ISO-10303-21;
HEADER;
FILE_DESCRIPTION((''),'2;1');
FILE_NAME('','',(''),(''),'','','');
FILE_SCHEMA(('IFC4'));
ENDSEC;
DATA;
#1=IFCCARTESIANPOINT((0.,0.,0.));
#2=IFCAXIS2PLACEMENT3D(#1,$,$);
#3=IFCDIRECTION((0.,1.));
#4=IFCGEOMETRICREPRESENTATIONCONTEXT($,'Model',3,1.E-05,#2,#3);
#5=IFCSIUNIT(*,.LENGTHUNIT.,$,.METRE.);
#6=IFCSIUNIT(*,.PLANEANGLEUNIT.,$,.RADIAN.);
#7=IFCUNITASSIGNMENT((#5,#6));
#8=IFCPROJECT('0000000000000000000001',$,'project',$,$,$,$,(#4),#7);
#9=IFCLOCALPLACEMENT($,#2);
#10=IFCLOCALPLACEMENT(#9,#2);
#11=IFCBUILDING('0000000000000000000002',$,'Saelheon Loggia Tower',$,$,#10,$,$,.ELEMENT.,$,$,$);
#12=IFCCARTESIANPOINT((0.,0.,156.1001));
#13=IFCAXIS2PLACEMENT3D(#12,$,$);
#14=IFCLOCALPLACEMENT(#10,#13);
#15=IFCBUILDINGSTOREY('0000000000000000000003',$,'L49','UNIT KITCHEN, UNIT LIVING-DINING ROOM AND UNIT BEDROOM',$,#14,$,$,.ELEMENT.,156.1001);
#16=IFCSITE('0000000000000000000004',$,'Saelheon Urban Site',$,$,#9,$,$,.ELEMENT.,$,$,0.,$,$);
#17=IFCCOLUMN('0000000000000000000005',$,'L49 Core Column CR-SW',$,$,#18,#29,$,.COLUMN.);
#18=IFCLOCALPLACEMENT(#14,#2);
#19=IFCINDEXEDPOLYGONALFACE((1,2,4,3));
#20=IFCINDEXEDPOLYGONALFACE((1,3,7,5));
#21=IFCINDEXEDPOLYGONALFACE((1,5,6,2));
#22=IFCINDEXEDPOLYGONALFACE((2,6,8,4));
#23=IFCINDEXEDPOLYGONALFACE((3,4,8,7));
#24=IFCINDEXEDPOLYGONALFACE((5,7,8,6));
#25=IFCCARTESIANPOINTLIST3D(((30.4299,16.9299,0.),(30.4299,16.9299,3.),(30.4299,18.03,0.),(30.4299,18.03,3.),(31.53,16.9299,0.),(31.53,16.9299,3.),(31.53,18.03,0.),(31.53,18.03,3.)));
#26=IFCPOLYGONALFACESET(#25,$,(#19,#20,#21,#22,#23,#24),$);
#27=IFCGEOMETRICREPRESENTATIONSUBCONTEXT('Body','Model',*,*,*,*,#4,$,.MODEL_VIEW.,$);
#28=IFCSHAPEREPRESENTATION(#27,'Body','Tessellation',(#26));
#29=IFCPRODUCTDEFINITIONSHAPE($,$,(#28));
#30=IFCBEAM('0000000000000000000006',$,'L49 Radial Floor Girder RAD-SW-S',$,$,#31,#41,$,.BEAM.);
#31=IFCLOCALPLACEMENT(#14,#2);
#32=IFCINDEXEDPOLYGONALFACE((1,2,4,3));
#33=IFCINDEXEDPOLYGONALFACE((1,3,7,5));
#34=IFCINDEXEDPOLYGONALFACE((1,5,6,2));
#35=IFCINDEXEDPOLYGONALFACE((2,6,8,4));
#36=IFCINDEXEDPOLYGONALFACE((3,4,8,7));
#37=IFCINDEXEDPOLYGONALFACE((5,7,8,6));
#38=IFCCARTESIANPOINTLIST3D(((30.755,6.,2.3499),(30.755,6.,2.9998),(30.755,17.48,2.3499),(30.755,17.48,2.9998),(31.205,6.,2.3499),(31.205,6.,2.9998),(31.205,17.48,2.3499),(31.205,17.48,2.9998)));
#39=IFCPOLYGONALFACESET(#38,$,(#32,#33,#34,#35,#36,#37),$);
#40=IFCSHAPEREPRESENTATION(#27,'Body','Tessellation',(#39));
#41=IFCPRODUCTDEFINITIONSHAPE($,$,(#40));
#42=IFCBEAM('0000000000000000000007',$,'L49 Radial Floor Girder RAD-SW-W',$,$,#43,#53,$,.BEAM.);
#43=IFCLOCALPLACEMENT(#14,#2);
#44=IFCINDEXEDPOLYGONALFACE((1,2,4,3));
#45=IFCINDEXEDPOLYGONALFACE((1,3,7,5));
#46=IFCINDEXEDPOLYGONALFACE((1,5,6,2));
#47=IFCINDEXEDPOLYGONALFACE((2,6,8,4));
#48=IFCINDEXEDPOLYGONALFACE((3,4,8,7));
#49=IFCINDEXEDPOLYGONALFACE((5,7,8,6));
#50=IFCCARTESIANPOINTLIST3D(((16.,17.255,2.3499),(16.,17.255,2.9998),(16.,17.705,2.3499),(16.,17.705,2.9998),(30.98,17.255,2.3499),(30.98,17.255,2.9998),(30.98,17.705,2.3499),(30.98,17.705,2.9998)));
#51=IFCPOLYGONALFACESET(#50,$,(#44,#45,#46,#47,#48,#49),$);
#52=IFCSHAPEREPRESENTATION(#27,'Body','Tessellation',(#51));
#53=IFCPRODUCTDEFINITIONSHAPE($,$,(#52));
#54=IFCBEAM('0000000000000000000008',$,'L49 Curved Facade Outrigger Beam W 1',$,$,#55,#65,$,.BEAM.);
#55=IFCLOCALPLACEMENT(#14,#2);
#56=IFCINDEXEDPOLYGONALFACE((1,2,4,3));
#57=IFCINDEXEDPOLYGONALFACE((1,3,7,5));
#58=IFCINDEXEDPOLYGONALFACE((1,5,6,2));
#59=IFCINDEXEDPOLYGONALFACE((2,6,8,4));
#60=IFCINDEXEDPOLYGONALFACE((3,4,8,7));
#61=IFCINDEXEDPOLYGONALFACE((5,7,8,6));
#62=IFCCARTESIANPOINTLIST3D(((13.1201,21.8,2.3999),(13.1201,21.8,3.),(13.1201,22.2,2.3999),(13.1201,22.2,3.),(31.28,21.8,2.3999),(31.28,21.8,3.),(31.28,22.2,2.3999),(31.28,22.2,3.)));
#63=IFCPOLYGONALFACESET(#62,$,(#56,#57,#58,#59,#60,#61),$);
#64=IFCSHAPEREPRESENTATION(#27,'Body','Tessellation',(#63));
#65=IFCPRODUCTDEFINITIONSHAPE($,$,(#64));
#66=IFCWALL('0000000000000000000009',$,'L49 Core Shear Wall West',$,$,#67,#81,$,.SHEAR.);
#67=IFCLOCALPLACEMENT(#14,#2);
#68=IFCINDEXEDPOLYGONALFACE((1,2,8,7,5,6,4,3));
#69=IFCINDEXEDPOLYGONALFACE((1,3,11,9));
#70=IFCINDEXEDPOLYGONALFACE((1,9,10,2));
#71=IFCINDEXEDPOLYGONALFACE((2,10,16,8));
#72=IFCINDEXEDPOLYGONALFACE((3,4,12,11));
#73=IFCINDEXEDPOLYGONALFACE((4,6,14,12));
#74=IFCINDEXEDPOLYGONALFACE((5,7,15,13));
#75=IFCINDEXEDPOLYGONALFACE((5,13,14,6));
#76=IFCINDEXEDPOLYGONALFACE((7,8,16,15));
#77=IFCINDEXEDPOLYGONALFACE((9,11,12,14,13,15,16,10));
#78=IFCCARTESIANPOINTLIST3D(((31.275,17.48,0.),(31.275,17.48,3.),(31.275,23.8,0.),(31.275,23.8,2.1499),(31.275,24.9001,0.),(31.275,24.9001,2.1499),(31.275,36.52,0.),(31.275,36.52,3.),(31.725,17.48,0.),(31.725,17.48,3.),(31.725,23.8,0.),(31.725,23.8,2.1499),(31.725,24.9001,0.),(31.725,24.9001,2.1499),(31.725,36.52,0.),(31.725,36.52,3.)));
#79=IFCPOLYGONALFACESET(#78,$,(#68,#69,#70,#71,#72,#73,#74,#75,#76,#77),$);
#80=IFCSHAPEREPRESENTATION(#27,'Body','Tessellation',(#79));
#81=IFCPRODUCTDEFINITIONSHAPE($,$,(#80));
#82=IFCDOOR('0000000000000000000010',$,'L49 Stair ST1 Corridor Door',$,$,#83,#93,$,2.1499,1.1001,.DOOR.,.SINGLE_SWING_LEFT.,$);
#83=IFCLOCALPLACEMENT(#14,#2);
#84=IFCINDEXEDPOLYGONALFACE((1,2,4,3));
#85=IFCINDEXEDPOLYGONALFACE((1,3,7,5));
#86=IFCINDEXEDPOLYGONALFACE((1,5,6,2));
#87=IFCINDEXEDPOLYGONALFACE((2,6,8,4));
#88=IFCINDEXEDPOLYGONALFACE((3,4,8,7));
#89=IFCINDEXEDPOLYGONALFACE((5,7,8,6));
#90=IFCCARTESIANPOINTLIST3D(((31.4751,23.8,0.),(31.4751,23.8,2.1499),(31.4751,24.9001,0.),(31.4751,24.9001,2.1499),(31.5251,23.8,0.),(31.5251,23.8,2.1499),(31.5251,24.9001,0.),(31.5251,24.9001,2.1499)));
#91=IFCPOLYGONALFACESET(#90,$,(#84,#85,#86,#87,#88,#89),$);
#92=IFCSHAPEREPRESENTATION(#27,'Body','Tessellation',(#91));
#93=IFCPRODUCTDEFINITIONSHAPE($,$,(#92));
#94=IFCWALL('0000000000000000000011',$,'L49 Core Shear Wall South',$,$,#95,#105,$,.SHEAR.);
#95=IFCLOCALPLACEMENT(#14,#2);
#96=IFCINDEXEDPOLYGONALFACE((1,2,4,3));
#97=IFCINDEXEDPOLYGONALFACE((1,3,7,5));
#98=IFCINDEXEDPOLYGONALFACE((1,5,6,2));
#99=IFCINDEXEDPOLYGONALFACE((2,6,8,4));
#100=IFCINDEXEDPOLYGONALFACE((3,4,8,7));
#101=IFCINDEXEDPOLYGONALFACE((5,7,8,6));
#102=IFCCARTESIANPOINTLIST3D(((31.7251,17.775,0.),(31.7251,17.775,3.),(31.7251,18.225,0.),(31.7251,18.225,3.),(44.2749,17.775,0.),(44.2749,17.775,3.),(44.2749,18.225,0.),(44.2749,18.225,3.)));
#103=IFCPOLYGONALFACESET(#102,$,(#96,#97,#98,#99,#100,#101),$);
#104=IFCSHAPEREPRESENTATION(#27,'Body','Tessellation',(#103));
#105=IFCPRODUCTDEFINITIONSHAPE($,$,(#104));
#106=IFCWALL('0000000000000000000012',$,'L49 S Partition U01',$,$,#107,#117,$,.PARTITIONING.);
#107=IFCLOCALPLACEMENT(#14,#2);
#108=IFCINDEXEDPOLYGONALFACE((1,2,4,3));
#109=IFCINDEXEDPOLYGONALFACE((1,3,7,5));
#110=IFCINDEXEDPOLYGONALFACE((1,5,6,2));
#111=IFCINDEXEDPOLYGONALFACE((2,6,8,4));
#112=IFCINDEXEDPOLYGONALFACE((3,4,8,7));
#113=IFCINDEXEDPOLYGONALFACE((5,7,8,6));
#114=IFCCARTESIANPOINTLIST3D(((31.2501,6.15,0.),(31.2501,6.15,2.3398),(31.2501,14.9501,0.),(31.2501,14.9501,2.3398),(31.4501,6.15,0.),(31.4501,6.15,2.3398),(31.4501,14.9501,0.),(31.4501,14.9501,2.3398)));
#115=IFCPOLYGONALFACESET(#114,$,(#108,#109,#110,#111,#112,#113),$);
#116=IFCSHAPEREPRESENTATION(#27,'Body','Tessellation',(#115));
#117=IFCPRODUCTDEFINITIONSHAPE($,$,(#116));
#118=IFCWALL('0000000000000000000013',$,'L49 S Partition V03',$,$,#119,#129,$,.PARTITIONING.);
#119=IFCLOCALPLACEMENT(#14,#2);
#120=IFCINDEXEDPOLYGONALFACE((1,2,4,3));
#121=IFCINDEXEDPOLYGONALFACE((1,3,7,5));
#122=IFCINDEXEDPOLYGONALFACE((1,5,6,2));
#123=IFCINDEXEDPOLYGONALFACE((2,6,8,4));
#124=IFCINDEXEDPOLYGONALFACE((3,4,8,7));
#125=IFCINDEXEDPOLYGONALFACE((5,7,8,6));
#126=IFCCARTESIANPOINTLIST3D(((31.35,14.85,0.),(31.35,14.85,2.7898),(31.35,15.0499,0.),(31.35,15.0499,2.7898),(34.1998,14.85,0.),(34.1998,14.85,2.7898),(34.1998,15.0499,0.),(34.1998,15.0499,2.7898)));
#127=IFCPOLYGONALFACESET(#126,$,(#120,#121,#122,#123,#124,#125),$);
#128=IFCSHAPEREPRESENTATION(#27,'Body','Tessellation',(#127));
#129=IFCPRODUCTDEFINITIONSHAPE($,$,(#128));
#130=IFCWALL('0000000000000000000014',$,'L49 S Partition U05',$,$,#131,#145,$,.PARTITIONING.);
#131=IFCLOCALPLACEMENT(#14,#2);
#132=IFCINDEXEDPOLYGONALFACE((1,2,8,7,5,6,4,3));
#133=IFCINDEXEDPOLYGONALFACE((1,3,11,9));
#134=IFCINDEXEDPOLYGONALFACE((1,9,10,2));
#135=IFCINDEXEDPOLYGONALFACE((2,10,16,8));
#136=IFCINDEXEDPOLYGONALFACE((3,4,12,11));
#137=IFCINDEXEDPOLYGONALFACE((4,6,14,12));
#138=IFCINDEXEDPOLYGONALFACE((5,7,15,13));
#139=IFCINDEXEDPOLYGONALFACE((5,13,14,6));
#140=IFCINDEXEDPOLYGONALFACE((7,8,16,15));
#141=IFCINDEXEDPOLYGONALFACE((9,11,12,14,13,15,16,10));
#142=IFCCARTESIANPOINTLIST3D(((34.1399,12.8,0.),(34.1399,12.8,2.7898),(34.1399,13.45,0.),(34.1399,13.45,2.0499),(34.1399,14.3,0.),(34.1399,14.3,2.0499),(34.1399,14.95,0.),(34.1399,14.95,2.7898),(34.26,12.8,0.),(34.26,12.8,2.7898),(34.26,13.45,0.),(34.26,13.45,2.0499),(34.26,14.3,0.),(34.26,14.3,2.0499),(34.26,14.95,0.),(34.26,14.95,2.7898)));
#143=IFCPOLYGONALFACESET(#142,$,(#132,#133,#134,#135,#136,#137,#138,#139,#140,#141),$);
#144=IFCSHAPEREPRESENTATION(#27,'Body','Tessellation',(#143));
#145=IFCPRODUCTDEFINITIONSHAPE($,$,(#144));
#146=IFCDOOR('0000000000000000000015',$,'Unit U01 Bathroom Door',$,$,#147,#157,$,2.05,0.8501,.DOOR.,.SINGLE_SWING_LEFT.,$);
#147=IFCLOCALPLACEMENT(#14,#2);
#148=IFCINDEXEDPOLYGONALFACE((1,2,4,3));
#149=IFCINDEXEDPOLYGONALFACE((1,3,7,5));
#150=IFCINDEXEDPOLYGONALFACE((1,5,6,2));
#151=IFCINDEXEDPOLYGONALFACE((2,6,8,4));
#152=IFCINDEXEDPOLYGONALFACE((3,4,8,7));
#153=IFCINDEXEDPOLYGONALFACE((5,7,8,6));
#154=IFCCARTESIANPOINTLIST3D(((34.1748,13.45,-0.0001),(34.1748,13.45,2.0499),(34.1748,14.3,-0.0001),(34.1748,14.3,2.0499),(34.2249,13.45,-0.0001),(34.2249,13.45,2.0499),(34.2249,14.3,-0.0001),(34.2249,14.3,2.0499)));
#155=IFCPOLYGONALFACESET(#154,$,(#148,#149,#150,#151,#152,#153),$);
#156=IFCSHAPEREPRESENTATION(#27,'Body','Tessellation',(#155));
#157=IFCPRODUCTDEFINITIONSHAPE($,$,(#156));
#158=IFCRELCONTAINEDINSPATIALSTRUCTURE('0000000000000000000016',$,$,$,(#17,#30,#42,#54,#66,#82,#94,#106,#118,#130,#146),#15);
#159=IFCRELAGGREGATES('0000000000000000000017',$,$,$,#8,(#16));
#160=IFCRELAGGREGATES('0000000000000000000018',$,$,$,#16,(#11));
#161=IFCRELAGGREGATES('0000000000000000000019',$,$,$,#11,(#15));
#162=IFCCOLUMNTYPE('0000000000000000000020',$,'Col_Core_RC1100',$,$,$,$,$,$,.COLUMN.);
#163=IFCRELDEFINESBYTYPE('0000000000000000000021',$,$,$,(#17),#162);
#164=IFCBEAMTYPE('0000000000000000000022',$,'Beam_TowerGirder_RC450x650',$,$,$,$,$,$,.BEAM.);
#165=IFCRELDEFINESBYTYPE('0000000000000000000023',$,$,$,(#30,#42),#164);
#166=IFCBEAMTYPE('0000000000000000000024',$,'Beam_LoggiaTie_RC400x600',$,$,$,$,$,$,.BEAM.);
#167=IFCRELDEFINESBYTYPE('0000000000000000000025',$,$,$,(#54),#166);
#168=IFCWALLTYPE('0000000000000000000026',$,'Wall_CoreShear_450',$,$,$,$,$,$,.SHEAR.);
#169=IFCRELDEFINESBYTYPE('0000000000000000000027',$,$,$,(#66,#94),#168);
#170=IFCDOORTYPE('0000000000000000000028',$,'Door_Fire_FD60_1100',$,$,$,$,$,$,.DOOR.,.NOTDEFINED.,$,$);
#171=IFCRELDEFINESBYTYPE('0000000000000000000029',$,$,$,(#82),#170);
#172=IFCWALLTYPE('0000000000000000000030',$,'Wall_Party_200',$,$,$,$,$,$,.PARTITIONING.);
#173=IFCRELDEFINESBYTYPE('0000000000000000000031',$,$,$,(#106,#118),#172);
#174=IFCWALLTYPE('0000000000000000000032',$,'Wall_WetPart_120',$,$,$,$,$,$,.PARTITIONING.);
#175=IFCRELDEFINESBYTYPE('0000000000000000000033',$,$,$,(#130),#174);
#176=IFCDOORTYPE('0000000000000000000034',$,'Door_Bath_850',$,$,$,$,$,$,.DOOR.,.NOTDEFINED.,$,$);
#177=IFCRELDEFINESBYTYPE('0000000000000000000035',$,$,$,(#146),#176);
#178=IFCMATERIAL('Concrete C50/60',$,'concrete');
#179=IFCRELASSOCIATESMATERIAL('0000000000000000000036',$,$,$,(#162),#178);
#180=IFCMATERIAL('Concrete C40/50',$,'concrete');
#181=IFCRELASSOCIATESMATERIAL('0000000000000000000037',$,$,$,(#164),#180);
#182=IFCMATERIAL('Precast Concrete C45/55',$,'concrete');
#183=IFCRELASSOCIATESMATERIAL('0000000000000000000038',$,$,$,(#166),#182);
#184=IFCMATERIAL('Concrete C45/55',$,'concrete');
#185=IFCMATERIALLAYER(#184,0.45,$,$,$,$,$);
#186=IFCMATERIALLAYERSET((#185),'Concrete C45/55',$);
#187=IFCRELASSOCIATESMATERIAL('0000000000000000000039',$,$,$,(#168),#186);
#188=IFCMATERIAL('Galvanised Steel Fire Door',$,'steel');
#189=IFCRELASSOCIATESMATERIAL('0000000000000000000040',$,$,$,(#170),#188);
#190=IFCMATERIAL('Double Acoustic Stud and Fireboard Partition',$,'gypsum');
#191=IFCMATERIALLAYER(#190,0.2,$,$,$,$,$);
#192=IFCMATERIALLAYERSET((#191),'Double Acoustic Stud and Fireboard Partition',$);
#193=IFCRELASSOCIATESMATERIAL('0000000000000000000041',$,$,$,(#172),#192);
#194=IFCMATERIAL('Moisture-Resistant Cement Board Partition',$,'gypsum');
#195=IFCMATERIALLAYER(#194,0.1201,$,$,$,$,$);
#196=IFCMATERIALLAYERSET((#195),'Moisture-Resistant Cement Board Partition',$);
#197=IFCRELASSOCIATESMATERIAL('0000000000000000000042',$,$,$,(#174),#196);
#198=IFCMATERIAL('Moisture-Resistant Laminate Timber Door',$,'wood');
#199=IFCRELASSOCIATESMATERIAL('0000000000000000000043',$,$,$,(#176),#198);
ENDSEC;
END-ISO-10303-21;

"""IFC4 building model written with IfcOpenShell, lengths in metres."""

from ifc_helpers import new_model, si_unit, direction, frame, frame_2d, origin, origin_2d, place, context, subcontext, project, spatial, rectangle, extrude, source, transform, mapped, material, layer, layer_set, material_profile, profile_set, type_object, element, fill, save


model = new_model("IFC4")

# Units and contexts
model_context = context("Model", 3, precision=1e-05, world=origin(), true_north=direction((0.0, 1.0)))
body_context = subcontext(model_context, "Body", "Model", "MODEL_VIEW")
ifc_project = project(units=[si_unit("LENGTHUNIT", "METRE"), si_unit("PLANEANGLEUNIT", "RADIAN")], contexts=[model_context])

# Site, building, storey
site_placement = place(None, origin())
site = spatial("IfcSite", under=ifc_project, at=site_placement, Name="Saelheon Urban Site", CompositionType="ELEMENT", RefElevation=0.0)
building_placement = place(site_placement, origin())
building = spatial("IfcBuilding", under=site, at=building_placement, Name="Saelheon Loggia Tower", CompositionType="ELEMENT")
storey_placement = place(building_placement, frame((0.0, 0.0, 156.1001)))
storey = spatial("IfcBuildingStorey", under=building, at=storey_placement, Name="L49", Description="UNIT KITCHEN, UNIT LIVING-DINING ROOM AND UNIT BEDROOM", CompositionType="ELEMENT", Elevation=156.1001)

# Column
ifc_material_1 = material(Name="Concrete C50/60", Category="concrete")
ifc_material_profile_1 = material_profile(ifc_material_1, rectangle(XDim=1.1001, YDim=1.1001, at=origin_2d()), Name="RC-1100x1100")
ifc_profile_set_1 = profile_set([ifc_material_profile_1], Name="Concrete C50/60")
column_type = type_object("IfcColumnType", Name="Col_Core_RC1100", PredefinedType="COLUMN", material=ifc_profile_set_1)
shared_shape_1 = source(origin(), body_context, "Body", "SweptSolid", [
    extrude(rectangle(XDim=1.1001, YDim=1.1001, at=origin_2d()), origin(), (0.0, 0.0, 1.0), 3.0),
])
column_placement = place(storey_placement, frame((30.98, 17.48, 0.0), z_axis=(0.0, 0.0, 1.0), x_axis=(1.0, 0.0, 0.0)))
element("IfcColumn", 1, at=column_placement, inside=storey, type_object=column_type, Name="L49 Core Column CR-SW", PredefinedType="COLUMN", context=body_context, shape_type="MappedRepresentation", body=[
    mapped(shared_shape_1, transform((0.0, 0.0, 0.0), scale=1.0)),
])

# Beams
ifc_material_2 = material(Name="Concrete C40/50", Category="concrete")
ifc_material_profile_2 = material_profile(ifc_material_2, rectangle(XDim=0.45, YDim=0.6499, at=origin_2d()), Name="RC-450x650")
ifc_profile_set_2 = profile_set([ifc_material_profile_2], Name="Concrete C40/50")
beam_type_1 = type_object("IfcBeamType", Name="Beam_TowerGirder_RC450x650", PredefinedType="BEAM", material=ifc_profile_set_2)
shared_shape_2 = source(origin(), body_context, "Body", "SweptSolid", [
    extrude(rectangle(XDim=0.45, YDim=0.6499, at=origin_2d()), origin(), (0.0, 0.0, 1.0), 11.48),
])
beam_1_placement = place(storey_placement, frame((30.98, 17.48, 2.6748), z_axis=(0.0, -1.0, 0.0), x_axis=(1.0, 0.0, 0.0)))
element("IfcBeam", 2, at=beam_1_placement, inside=storey, type_object=beam_type_1, Name="L49 Radial Floor Girder RAD-SW-S", PredefinedType="BEAM", context=body_context, shape_type="MappedRepresentation", body=[
    mapped(shared_shape_2, transform((0.0, 0.0, 0.0), scale=1.0)),
])
shared_shape_3 = source(origin(), body_context, "Body", "SweptSolid", [
    extrude(rectangle(XDim=0.45, YDim=0.6499, at=origin_2d()), origin(), (0.0, 0.0, 1.0), 14.98),
])
beam_2_placement = place(storey_placement, frame((30.98, 17.48, 2.6748), z_axis=(-1.0, 0.0, 0.0), x_axis=(0.0, -1.0, 0.0)))
element("IfcBeam", 3, at=beam_2_placement, inside=storey, type_object=beam_type_1, Name="L49 Radial Floor Girder RAD-SW-W", PredefinedType="BEAM", context=body_context, shape_type="MappedRepresentation", body=[
    mapped(shared_shape_3, transform((0.0, 0.0, 0.0), scale=1.0)),
])
ifc_material_3 = material(Name="Precast Concrete C45/55", Category="concrete")
ifc_material_profile_3 = material_profile(ifc_material_3, rectangle(XDim=0.3999, YDim=0.6001, at=origin_2d()), Name="RC-400x600")
ifc_profile_set_3 = profile_set([ifc_material_profile_3], Name="Precast Concrete C45/55")
beam_type_2 = type_object("IfcBeamType", Name="Beam_LoggiaTie_RC400x600", PredefinedType="BEAM", material=ifc_profile_set_3)
shared_shape_4 = source(origin(), body_context, "Body", "SweptSolid", [
    extrude(rectangle(XDim=0.3999, YDim=0.6001, at=origin_2d()), origin(), (0.0, 0.0, 1.0), 18.1599),
])
beam_3_placement = place(storey_placement, frame((31.28, 22.0, 2.7), z_axis=(-1.0, 0.0, 0.0), x_axis=(0.0, -1.0, 0.0)))
element("IfcBeam", 4, at=beam_3_placement, inside=storey, type_object=beam_type_2, Name="L49 Curved Facade Outrigger Beam W 1", PredefinedType="BEAM", context=body_context, shape_type="MappedRepresentation", body=[
    mapped(shared_shape_4, transform((0.0, 0.0, 0.0), scale=1.0)),
])

# Wall, opening, door
ifc_material_4 = material(Name="Concrete C45/55", Category="concrete")
ifc_layer_1 = layer(ifc_material_4, 0.45)
ifc_layer_set_1 = layer_set([ifc_layer_1], Name="Concrete C45/55")
wall_type_1 = type_object("IfcWallType", Name="Wall_CoreShear_450", PredefinedType="SHEAR", material=ifc_layer_set_1)
wall_1_placement = place(storey_placement, frame((31.5, 17.48, 0.0), z_axis=(0.0, 0.0, 1.0), x_axis=(0.0, 1.0, 0.0)))
wall_1 = element("IfcWall", 5, at=wall_1_placement, inside=storey, type_object=wall_type_1, Name="L49 Core Shear Wall West", PredefinedType="SHEAR", context=body_context, shape_type="SweptSolid", body=[
    extrude(rectangle(XDim=19.04, YDim=0.45, at=frame_2d((9.52, 0.0))), origin(), (0.0, 0.0, 1.0), 3.0),
])
opening_1_placement = place(wall_1_placement, frame((6.3201, 0.0, 0.0)))
opening_1 = element("IfcOpeningElement", 6, at=opening_1_placement, cuts=wall_1, PredefinedType="OPENING", context=body_context, shape_type="SweptSolid", body=[
    extrude(rectangle(XDim=1.1001, YDim=2.1499, at=frame_2d((0.55, 1.075))), frame((0.0, 0.2371, 0.0), z_axis=(0.0, -1.0, 0.0), x_axis=(1.0, 0.0, 0.0)), (0.0, 0.0, 1.0), 0.4739),
])
ifc_material_5 = material(Name="Galvanised Steel Fire Door", Category="steel")
door_type_1 = type_object("IfcDoorType", Name="Door_Fire_FD60_1100", OperationType="NOTDEFINED", PredefinedType="DOOR", material=ifc_material_5)
shared_shape_5 = source(origin(), body_context, "Body", "SweptSolid", [
    extrude(rectangle(XDim=1.1001, YDim=2.1499, at=frame_2d((0.55, 1.075))), frame((0.0, 0.0249, 0.0), z_axis=(0.0, -1.0, 0.0), x_axis=(1.0, 0.0, 0.0)), (0.0, 0.0, 1.0), 0.05),
])
door_1_placement = place(opening_1_placement, origin())
door_1 = element("IfcDoor", 7, at=door_1_placement, inside=storey, type_object=door_type_1, Name="L49 Stair ST1 Corridor Door", OperationType="SINGLE_SWING_LEFT", OverallHeight=2.1499, OverallWidth=1.1001, PredefinedType="DOOR", context=body_context, shape_type="MappedRepresentation", body=[
    mapped(shared_shape_5, transform((0.0, 0.0, 0.0), scale=1.0)),
])
fill(opening_1, door_1)

# Walls
wall_2_placement = place(storey_placement, frame((31.7251, 18.0, 0.0), z_axis=(0.0, 0.0, 1.0), x_axis=(1.0, 0.0, 0.0)))
element("IfcWall", 8, at=wall_2_placement, inside=storey, type_object=wall_type_1, Name="L49 Core Shear Wall South", PredefinedType="SHEAR", context=body_context, shape_type="SweptSolid", body=[
    extrude(rectangle(XDim=12.5498, YDim=0.45, at=frame_2d((6.2749, 0.0))), origin(), (0.0, 0.0, 1.0), 3.0),
])
ifc_material_6 = material(Name="Double Acoustic Stud and Fireboard Partition", Category="gypsum")
ifc_layer_2 = layer(ifc_material_6, 0.2)
ifc_layer_set_2 = layer_set([ifc_layer_2], Name="Double Acoustic Stud and Fireboard Partition")
wall_type_2 = type_object("IfcWallType", Name="Wall_Party_200", PredefinedType="PARTITIONING", material=ifc_layer_set_2)
wall_3_placement = place(storey_placement, frame((31.3501, 14.95, 0.0), z_axis=(0.0, 0.0, 1.0), x_axis=(0.0, -1.0, 0.0)))
element("IfcWall", 9, at=wall_3_placement, inside=storey, type_object=wall_type_2, Name="L49 S Partition U01", PredefinedType="PARTITIONING", context=body_context, shape_type="SweptSolid", body=[
    extrude(rectangle(XDim=8.8, YDim=0.2, at=frame_2d((4.3999, 0.0))), origin(), (0.0, 0.0, 1.0), 2.3398),
])
wall_4_placement = place(storey_placement, frame((31.3501, 14.95, 0.0), z_axis=(0.0, 0.0, 1.0), x_axis=(1.0, 0.0, 0.0)))
element("IfcWall", 10, at=wall_4_placement, inside=storey, type_object=wall_type_2, Name="L49 S Partition V03", PredefinedType="PARTITIONING", context=body_context, shape_type="SweptSolid", body=[
    extrude(rectangle(XDim=2.8499, YDim=0.2, at=frame_2d((1.4248, 0.0))), origin(), (0.0, 0.0, 1.0), 2.7898),
])

# Wall, opening, door
ifc_material_7 = material(Name="Moisture-Resistant Cement Board Partition", Category="gypsum")
ifc_layer_3 = layer(ifc_material_7, 0.1201)
ifc_layer_set_3 = layer_set([ifc_layer_3], Name="Moisture-Resistant Cement Board Partition")
wall_type_3 = type_object("IfcWallType", Name="Wall_WetPart_120", PredefinedType="PARTITIONING", material=ifc_layer_set_3)
wall_5_placement = place(storey_placement, frame((34.2, 14.95, 0.0), z_axis=(0.0, 0.0, 1.0), x_axis=(0.0, -1.0, 0.0)))
wall_5 = element("IfcWall", 11, at=wall_5_placement, inside=storey, type_object=wall_type_3, Name="L49 S Partition U05", PredefinedType="PARTITIONING", context=body_context, shape_type="SweptSolid", body=[
    extrude(rectangle(XDim=2.1499, YDim=0.1201, at=frame_2d((1.075, 0.0))), origin(), (0.0, 0.0, 1.0), 2.7898),
])
opening_2_placement = place(wall_5_placement, frame((0.6499, 0.0, 0.0)))
opening_2 = element("IfcOpeningElement", 12, at=opening_2_placement, cuts=wall_5, PredefinedType="OPENING", context=body_context, shape_type="SweptSolid", body=[
    extrude(rectangle(XDim=0.8501, YDim=2.05, at=frame_2d((0.425, 1.0249))), frame((0.0, 0.072, 0.0), z_axis=(0.0, -1.0, 0.0), x_axis=(1.0, 0.0, 0.0)), (0.0, 0.0, 1.0), 0.144),
])
ifc_material_8 = material(Name="Moisture-Resistant Laminate Timber Door", Category="wood")
door_type_2 = type_object("IfcDoorType", Name="Door_Bath_850", OperationType="NOTDEFINED", PredefinedType="DOOR", material=ifc_material_8)
shared_shape_6 = source(origin(), body_context, "Body", "SweptSolid", [
    extrude(rectangle(XDim=0.8501, YDim=2.05, at=frame_2d((0.425, 1.0249))), frame((0.0, 0.0249, 0.0), z_axis=(0.0, -1.0, 0.0), x_axis=(1.0, 0.0, 0.0)), (0.0, 0.0, 1.0), 0.05),
])
door_2_placement = place(opening_2_placement, origin())
door_2 = element("IfcDoor", 13, at=door_2_placement, inside=storey, type_object=door_type_2, Name="Unit U01 Bathroom Door", OperationType="SINGLE_SWING_LEFT", OverallHeight=2.05, OverallWidth=0.8501, PredefinedType="DOOR", context=body_context, shape_type="MappedRepresentation", body=[
    mapped(shared_shape_6, transform((0.0, 0.0, 0.0), scale=1.0)),
])
fill(opening_2, door_2)

save(model, "model.ifc")
